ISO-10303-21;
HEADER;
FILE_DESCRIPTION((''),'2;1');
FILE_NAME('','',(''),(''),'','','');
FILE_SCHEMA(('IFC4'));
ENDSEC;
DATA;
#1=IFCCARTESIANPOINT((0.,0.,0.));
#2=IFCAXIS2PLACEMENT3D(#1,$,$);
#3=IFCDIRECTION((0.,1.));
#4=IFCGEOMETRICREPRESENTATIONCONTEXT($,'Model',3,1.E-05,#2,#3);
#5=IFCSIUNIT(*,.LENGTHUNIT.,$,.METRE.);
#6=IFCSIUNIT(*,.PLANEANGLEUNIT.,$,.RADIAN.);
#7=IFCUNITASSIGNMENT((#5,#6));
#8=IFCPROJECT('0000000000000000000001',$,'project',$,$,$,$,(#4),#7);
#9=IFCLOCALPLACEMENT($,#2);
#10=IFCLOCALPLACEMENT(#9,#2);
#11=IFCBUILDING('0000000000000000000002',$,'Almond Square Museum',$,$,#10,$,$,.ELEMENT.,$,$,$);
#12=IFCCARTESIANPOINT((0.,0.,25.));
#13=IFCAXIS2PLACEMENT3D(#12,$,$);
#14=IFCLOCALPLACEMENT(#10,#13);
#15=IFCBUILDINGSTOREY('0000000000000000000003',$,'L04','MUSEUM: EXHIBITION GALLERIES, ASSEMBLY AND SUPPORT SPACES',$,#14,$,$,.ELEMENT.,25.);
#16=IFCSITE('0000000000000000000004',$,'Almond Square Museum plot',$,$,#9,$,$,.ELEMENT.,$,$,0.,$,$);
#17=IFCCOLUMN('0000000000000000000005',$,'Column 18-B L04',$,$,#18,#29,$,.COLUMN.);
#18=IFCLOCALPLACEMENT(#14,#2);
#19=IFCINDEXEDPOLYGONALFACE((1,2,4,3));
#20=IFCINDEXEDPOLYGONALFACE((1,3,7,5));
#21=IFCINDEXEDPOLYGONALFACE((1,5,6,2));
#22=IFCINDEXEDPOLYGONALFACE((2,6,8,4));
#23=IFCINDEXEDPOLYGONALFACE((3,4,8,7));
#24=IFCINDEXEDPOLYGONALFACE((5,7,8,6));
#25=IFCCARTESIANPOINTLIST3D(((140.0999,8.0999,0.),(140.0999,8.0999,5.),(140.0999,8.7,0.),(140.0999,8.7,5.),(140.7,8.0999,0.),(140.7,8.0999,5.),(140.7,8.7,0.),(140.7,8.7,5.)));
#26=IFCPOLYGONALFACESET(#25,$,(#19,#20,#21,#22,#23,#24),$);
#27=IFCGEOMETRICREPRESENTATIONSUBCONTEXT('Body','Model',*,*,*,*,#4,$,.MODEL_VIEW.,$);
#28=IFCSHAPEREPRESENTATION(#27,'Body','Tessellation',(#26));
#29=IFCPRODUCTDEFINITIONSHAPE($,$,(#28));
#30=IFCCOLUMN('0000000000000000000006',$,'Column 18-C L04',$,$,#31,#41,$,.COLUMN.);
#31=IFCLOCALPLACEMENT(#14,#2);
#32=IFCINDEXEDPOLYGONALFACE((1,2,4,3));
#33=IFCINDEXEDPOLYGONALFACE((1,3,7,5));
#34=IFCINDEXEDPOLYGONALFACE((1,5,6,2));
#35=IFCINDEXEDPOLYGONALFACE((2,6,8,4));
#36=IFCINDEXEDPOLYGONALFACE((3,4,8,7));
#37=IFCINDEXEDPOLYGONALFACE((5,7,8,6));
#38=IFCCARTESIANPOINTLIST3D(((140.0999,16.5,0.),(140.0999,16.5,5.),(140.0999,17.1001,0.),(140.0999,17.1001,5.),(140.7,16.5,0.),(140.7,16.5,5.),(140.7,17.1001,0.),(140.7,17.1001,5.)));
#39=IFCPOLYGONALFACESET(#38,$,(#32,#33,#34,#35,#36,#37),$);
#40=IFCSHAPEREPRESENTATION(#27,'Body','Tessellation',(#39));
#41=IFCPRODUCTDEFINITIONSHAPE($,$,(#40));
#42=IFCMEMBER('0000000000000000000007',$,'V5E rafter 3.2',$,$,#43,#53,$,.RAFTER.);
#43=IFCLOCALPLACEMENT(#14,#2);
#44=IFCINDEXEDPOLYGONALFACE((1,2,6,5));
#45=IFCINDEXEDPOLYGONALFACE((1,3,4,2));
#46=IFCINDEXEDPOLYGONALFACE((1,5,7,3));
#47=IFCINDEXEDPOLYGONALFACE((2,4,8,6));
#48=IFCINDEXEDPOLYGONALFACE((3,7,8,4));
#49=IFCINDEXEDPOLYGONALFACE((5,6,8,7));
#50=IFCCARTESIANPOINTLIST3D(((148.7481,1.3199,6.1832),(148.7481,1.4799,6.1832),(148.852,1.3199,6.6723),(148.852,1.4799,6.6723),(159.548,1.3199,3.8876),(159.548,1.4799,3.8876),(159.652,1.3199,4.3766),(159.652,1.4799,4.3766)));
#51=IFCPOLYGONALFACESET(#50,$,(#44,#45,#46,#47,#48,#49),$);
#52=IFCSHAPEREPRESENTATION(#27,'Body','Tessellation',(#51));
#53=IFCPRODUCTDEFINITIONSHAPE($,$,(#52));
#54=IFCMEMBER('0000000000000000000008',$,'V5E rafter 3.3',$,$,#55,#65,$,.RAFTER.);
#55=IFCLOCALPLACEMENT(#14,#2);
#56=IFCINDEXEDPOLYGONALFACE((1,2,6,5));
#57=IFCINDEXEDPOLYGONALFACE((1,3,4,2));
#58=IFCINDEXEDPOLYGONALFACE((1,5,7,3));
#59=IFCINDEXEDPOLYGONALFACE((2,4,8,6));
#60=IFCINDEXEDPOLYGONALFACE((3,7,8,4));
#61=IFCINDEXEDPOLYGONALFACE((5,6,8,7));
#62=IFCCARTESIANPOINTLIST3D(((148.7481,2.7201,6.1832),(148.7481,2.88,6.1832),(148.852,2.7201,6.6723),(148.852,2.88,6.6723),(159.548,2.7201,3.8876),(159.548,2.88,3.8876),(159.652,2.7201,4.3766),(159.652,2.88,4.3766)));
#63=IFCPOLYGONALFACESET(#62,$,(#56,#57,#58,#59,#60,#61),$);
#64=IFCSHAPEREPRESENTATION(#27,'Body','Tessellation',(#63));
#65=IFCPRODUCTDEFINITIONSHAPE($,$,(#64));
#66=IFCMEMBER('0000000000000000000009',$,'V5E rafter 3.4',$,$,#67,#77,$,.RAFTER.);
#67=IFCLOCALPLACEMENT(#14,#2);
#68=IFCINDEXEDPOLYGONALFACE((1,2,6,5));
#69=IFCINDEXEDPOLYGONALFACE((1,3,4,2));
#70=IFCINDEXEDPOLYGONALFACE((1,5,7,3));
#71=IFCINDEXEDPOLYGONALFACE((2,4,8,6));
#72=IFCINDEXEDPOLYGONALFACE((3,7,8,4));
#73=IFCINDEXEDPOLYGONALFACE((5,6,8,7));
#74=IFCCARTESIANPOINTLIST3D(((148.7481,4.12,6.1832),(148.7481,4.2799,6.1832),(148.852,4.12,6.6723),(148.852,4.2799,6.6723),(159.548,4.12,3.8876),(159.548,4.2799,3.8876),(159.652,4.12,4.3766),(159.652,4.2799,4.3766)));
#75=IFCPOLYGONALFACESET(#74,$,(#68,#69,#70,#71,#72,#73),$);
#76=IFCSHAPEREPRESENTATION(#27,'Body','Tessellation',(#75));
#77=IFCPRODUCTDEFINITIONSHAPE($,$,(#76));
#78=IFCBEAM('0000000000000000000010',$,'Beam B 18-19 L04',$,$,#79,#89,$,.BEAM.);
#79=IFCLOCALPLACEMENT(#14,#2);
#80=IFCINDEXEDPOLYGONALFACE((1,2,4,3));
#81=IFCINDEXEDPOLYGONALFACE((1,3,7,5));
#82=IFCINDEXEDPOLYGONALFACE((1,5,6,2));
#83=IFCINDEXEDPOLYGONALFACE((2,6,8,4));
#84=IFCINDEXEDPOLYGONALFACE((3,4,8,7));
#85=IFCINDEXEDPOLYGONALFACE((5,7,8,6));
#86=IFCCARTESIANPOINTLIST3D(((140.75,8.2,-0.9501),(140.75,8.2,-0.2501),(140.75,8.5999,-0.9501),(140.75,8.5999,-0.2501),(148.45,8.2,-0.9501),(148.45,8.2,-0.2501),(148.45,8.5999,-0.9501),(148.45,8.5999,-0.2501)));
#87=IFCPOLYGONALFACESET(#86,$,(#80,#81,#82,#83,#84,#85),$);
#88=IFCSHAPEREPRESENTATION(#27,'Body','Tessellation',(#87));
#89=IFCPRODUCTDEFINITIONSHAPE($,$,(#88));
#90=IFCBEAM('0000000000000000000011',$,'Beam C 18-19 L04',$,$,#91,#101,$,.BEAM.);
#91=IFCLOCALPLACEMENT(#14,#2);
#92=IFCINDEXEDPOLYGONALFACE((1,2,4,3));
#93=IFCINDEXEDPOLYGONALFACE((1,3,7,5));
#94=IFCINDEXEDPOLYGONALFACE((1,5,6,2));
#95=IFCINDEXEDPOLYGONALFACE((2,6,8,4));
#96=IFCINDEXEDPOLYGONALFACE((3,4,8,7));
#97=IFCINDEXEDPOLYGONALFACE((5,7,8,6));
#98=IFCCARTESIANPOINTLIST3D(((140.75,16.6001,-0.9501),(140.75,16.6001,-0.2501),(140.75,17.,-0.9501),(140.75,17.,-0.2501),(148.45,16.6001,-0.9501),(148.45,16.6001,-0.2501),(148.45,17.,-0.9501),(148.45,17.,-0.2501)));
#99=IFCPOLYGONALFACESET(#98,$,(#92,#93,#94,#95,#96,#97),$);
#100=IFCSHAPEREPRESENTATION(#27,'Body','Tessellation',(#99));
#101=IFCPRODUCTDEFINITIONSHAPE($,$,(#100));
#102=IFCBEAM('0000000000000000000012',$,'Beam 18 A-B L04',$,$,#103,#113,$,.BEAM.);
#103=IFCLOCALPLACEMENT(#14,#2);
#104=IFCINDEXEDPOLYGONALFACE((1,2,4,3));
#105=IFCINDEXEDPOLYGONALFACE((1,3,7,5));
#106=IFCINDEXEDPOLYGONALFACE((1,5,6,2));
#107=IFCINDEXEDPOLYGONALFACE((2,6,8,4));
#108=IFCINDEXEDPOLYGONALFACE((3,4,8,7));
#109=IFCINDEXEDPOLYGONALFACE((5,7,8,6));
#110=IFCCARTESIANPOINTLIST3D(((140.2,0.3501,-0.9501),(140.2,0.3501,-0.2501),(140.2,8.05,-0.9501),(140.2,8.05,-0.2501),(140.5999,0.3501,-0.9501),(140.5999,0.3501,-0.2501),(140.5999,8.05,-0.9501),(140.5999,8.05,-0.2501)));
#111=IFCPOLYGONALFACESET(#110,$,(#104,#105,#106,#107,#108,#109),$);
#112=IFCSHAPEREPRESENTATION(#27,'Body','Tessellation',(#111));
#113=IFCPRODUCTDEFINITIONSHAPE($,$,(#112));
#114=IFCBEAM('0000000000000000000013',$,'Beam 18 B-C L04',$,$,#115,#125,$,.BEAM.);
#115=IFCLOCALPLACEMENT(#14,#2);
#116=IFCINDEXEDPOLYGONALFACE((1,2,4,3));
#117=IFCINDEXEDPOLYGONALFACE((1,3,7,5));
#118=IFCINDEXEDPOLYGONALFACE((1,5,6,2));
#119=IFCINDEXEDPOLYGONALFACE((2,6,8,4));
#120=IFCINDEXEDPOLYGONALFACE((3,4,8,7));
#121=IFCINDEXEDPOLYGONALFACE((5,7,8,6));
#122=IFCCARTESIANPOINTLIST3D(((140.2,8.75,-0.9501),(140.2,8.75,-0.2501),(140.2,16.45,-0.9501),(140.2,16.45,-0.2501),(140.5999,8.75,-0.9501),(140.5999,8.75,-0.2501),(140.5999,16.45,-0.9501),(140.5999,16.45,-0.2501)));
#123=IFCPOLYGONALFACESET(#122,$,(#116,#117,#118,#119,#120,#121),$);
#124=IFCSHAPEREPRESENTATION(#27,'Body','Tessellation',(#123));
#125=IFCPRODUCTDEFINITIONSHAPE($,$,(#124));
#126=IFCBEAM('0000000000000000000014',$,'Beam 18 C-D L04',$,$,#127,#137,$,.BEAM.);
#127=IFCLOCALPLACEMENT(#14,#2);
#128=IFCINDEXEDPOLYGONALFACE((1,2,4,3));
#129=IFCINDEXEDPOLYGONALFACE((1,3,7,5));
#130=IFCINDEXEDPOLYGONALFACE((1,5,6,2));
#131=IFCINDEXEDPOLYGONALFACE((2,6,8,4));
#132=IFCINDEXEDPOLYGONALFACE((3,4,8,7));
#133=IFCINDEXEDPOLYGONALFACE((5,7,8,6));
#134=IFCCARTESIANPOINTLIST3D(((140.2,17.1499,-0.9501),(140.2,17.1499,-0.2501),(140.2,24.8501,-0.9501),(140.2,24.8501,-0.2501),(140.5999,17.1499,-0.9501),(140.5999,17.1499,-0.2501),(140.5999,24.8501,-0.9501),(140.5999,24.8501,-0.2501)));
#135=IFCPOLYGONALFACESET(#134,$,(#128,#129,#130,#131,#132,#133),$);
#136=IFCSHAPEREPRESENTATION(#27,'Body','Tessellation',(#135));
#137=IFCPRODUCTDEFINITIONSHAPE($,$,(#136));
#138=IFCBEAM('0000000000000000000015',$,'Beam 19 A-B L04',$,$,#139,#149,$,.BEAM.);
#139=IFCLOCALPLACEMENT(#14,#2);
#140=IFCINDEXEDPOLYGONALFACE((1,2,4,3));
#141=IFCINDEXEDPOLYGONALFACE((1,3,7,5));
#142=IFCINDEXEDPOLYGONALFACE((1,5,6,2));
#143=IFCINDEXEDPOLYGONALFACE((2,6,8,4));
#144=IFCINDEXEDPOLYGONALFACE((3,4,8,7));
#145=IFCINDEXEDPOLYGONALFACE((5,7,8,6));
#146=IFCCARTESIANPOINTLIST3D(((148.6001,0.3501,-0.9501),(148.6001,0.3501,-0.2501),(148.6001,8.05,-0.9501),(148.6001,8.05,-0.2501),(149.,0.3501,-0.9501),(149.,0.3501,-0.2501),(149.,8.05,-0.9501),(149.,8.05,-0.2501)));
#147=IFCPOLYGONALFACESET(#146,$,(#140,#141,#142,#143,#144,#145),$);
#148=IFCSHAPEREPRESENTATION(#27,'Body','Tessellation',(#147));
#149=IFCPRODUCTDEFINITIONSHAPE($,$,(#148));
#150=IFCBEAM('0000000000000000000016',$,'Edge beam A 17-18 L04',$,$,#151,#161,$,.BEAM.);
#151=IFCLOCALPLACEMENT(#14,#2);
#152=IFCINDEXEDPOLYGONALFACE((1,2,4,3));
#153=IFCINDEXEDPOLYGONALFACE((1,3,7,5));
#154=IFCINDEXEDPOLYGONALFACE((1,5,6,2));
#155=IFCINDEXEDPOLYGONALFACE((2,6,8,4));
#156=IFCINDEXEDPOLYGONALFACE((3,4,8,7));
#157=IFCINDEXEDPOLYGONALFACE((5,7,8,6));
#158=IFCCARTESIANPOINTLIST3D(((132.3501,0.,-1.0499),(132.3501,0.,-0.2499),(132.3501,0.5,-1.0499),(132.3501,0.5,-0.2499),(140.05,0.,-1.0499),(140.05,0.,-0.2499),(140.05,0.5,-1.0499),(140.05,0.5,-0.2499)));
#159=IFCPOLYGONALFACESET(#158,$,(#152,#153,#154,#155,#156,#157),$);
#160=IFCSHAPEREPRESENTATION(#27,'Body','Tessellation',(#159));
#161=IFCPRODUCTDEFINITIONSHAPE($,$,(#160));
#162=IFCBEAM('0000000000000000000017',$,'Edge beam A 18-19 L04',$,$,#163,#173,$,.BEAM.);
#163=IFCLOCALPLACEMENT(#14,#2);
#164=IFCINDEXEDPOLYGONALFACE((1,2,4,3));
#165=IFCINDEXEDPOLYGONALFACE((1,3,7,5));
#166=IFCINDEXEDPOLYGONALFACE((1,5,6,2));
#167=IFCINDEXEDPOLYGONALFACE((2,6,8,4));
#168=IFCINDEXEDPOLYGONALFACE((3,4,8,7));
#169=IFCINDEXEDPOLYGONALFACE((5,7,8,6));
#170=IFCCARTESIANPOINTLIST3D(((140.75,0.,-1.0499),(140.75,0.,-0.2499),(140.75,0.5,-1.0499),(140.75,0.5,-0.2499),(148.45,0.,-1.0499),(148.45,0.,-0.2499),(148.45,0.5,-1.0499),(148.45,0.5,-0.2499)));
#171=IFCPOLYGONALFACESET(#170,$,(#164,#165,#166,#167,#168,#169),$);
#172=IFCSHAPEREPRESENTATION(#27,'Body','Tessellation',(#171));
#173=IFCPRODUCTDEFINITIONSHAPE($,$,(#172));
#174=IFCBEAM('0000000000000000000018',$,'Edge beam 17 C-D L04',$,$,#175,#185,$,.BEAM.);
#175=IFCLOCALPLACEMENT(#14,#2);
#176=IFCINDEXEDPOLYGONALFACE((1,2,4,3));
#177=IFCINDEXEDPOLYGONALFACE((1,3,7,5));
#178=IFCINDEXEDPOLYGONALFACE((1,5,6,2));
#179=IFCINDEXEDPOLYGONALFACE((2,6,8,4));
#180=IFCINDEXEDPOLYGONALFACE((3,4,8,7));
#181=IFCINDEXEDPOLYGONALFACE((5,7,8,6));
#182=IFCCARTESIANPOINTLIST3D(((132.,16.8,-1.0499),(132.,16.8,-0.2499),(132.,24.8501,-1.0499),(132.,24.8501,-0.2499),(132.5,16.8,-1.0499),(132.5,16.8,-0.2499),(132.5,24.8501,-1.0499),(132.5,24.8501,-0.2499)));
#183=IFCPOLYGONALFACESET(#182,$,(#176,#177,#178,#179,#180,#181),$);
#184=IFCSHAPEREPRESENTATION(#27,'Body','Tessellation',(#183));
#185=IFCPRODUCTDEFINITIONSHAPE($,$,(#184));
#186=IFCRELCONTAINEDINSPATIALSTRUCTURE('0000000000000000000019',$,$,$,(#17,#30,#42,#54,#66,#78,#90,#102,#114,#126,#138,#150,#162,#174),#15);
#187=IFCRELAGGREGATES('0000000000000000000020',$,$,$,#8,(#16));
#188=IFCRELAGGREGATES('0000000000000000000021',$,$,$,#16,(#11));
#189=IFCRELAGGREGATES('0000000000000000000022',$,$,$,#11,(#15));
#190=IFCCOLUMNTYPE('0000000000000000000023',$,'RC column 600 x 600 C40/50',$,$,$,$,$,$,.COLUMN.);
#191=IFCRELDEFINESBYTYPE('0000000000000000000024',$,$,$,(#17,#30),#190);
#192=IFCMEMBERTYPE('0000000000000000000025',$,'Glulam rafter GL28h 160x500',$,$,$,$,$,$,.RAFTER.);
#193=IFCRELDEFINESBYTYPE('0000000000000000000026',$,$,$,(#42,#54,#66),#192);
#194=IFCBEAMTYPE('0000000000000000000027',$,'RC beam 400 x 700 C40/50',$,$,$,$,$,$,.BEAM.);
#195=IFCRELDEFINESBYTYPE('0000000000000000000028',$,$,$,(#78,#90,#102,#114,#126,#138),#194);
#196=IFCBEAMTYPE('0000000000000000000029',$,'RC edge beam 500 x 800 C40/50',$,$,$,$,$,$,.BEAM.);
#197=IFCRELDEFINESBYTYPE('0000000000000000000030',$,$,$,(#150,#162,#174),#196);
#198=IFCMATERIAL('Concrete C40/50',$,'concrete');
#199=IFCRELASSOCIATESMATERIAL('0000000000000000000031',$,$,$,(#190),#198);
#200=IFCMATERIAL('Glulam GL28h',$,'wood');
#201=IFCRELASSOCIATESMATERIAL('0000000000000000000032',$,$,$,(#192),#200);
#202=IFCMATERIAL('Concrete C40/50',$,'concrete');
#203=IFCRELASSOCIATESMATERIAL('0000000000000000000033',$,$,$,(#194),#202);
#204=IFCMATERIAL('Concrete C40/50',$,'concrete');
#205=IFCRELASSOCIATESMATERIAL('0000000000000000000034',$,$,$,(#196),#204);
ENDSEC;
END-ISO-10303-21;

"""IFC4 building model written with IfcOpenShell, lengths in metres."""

from ifc_helpers import new_model, si_unit, direction, frame, origin, origin_2d, place, context, subcontext, project, spatial, rectangle, extrude, material, material_profile, profile_set, type_object, element, save


model = new_model("IFC4")

# Units and contexts
model_context = context("Model", 3, precision=1e-05, world=origin(), true_north=direction((0.0, 1.0)))
body_context = subcontext(model_context, "Body", "Model", "MODEL_VIEW")
ifc_project = project(units=[si_unit("LENGTHUNIT", "METRE"), si_unit("PLANEANGLEUNIT", "RADIAN")], contexts=[model_context])

# Site, building, storey
site_placement = place(None, origin())
site = spatial("IfcSite", under=ifc_project, at=site_placement, Name="Almond Square Museum plot", CompositionType="ELEMENT", RefElevation=0.0)
building_placement = place(site_placement, origin())
building = spatial("IfcBuilding", under=site, at=building_placement, Name="Almond Square Museum", CompositionType="ELEMENT")
storey_placement = place(building_placement, frame((0.0, 0.0, 25.0)))
storey = spatial("IfcBuildingStorey", under=building, at=storey_placement, Name="L04", Description="MUSEUM: EXHIBITION GALLERIES, ASSEMBLY AND SUPPORT SPACES", CompositionType="ELEMENT", Elevation=25.0)

# Columns
ifc_material_1 = material(Name="Concrete C40/50", Category="concrete")
ifc_material_profile_1 = material_profile(ifc_material_1, rectangle(XDim=0.6001, YDim=0.6001, at=origin_2d()))
ifc_profile_set_1 = profile_set([ifc_material_profile_1], Name="Concrete C40/50")
column_type = type_object("IfcColumnType", Name="RC column 600 x 600 C40/50", PredefinedType="COLUMN", material=ifc_profile_set_1)
for number, where, z_axis, x_axis, name in (
    (1, (140.3999, 8.3999, 0.0), (0.0, 0.0, 1.0), (1.0, 0.0, 0.0), "Column 18-B L04"),
    (2, (140.3999, 16.8, 0.0), (0.0, 0.0, 1.0), (1.0, 0.0, 0.0), "Column 18-C L04"),
):
    element("IfcColumn", number, at=place(storey_placement, frame(where, z_axis=z_axis, x_axis=x_axis)), inside=storey, type_object=column_type, Name=name, PredefinedType="COLUMN", context=body_context, shape_type="SweptSolid", body=[
        extrude(rectangle(XDim=0.6001, YDim=0.6001, at=origin_2d()), origin(), (0.0, 0.0, 1.0), 5.0),
    ])

# Members
ifc_material_2 = material(Name="Glulam GL28h", Category="wood")
ifc_material_profile_2 = material_profile(ifc_material_2, rectangle(XDim=0.1599, YDim=0.5, at=origin_2d()))
ifc_profile_set_2 = profile_set([ifc_material_profile_2], Name="Glulam GL28h")
member_type = type_object("IfcMemberType", Name="Glulam rafter GL28h 160x500", PredefinedType="RAFTER", material=ifc_profile_set_2)
for number, where, z_axis, x_axis, name in (
    (3, (148.8, 1.3999, 6.4277), (0.978147, 0.0, -0.207915), (0.0, 1.0, 0.0), "V5E rafter 3.2"),
    (4, (148.8, 2.8, 6.4277), (0.978147, 0.0, -0.207915), (0.0, 1.0, 0.0), "V5E rafter 3.3"),
    (5, (148.8, 4.2, 6.4277), (0.978147, 0.0, -0.207915), (0.0, 1.0, 0.0), "V5E rafter 3.4"),
):
    element("IfcMember", number, at=place(storey_placement, frame(where, z_axis=z_axis, x_axis=x_axis)), inside=storey, type_object=member_type, Name=name, PredefinedType="RAFTER", context=body_context, shape_type="SweptSolid", body=[
        extrude(rectangle(XDim=0.1599, YDim=0.5, at=origin_2d()), origin(), (0.0, 0.0, 1.0), 11.0413),
    ])

# Beams
ifc_material_3 = material(Name="Concrete C40/50", Category="concrete")
ifc_material_profile_3 = material_profile(ifc_material_3, rectangle(XDim=0.3999, YDim=0.7, at=origin_2d()))
ifc_profile_set_3 = profile_set([ifc_material_profile_3], Name="Concrete C40/50")
beam_type_1 = type_object("IfcBeamType", Name="RC beam 400 x 700 C40/50", PredefinedType="BEAM", material=ifc_profile_set_3)
for number, where, z_axis, x_axis, name in (
    (6, (140.75, 8.3999, -0.6001), (1.0, 0.0, 0.0), (0.0, 1.0, 0.0), "Beam B 18-19 L04"),
    (7, (140.75, 16.8, -0.6001), (1.0, 0.0, 0.0), (0.0, 1.0, 0.0), "Beam C 18-19 L04"),
    (8, (140.3999, 0.3501, -0.6001), (0.0, 1.0, 0.0), (-1.0, 0.0, 0.0), "Beam 18 A-B L04"),
    (9, (140.3999, 8.75, -0.6001), (0.0, 1.0, 0.0), (-1.0, 0.0, 0.0), "Beam 18 B-C L04"),
):
    element("IfcBeam", number, at=place(storey_placement, frame(where, z_axis=z_axis, x_axis=x_axis)), inside=storey, type_object=beam_type_1, Name=name, PredefinedType="BEAM", context=body_context, shape_type="SweptSolid", body=[
        extrude(rectangle(XDim=0.3999, YDim=0.7, at=origin_2d()), origin(), (0.0, 0.0, 1.0), 7.7),
    ])
beam_1_placement = place(storey_placement, frame((140.3999, 17.1499, -0.6001), z_axis=(0.0, 1.0, 0.0), x_axis=(-1.0, 0.0, 0.0)))
element("IfcBeam", 10, at=beam_1_placement, inside=storey, type_object=beam_type_1, Name="Beam 18 C-D L04", PredefinedType="BEAM", context=body_context, shape_type="SweptSolid", body=[
    extrude(rectangle(XDim=0.3999, YDim=0.7, at=origin_2d()), origin(), (0.0, 0.0, 1.0), 7.7002),
])
beam_2_placement = place(storey_placement, frame((148.8, 0.3501, -0.6001), z_axis=(0.0, 1.0, 0.0), x_axis=(-1.0, 0.0, 0.0)))
element("IfcBeam", 11, at=beam_2_placement, inside=storey, type_object=beam_type_1, Name="Beam 19 A-B L04", PredefinedType="BEAM", context=body_context, shape_type="SweptSolid", body=[
    extrude(rectangle(XDim=0.3999, YDim=0.7, at=origin_2d()), origin(), (0.0, 0.0, 1.0), 7.7),
])
ifc_material_4 = material(Name="Concrete C40/50", Category="concrete")
ifc_material_profile_4 = material_profile(ifc_material_4, rectangle(XDim=0.5, YDim=0.8, at=origin_2d()))
ifc_profile_set_4 = profile_set([ifc_material_profile_4], Name="Concrete C40/50")
beam_type_2 = type_object("IfcBeamType", Name="RC edge beam 500 x 800 C40/50", PredefinedType="BEAM", material=ifc_profile_set_4)
for number, where, z_axis, x_axis, name in (
    (12, (132.3501, 0.25, -0.6499), (1.0, 0.0, 0.0), (0.0, 1.0, 0.0), "Edge beam A 17-18 L04"),
    (13, (140.75, 0.25, -0.6499), (1.0, 0.0, 0.0), (0.0, 1.0, 0.0), "Edge beam A 18-19 L04"),
):
    element("IfcBeam", number, at=place(storey_placement, frame(where, z_axis=z_axis, x_axis=x_axis)), inside=storey, type_object=beam_type_2, Name=name, PredefinedType="BEAM", context=body_context, shape_type="SweptSolid", body=[
        extrude(rectangle(XDim=0.5, YDim=0.8, at=origin_2d()), origin(), (0.0, 0.0, 1.0), 7.7),
    ])
beam_3_placement = place(storey_placement, frame((132.25, 16.8, -0.6499), z_axis=(0.0, 1.0, 0.0), x_axis=(-1.0, 0.0, 0.0)))
element("IfcBeam", 14, at=beam_3_placement, inside=storey, type_object=beam_type_2, Name="Edge beam 17 C-D L04", PredefinedType="BEAM", context=body_context, shape_type="SweptSolid", body=[
    extrude(rectangle(XDim=0.5, YDim=0.8, at=origin_2d()), origin(), (0.0, 0.0, 1.0), 8.05),
])

save(model, "model.ifc")
